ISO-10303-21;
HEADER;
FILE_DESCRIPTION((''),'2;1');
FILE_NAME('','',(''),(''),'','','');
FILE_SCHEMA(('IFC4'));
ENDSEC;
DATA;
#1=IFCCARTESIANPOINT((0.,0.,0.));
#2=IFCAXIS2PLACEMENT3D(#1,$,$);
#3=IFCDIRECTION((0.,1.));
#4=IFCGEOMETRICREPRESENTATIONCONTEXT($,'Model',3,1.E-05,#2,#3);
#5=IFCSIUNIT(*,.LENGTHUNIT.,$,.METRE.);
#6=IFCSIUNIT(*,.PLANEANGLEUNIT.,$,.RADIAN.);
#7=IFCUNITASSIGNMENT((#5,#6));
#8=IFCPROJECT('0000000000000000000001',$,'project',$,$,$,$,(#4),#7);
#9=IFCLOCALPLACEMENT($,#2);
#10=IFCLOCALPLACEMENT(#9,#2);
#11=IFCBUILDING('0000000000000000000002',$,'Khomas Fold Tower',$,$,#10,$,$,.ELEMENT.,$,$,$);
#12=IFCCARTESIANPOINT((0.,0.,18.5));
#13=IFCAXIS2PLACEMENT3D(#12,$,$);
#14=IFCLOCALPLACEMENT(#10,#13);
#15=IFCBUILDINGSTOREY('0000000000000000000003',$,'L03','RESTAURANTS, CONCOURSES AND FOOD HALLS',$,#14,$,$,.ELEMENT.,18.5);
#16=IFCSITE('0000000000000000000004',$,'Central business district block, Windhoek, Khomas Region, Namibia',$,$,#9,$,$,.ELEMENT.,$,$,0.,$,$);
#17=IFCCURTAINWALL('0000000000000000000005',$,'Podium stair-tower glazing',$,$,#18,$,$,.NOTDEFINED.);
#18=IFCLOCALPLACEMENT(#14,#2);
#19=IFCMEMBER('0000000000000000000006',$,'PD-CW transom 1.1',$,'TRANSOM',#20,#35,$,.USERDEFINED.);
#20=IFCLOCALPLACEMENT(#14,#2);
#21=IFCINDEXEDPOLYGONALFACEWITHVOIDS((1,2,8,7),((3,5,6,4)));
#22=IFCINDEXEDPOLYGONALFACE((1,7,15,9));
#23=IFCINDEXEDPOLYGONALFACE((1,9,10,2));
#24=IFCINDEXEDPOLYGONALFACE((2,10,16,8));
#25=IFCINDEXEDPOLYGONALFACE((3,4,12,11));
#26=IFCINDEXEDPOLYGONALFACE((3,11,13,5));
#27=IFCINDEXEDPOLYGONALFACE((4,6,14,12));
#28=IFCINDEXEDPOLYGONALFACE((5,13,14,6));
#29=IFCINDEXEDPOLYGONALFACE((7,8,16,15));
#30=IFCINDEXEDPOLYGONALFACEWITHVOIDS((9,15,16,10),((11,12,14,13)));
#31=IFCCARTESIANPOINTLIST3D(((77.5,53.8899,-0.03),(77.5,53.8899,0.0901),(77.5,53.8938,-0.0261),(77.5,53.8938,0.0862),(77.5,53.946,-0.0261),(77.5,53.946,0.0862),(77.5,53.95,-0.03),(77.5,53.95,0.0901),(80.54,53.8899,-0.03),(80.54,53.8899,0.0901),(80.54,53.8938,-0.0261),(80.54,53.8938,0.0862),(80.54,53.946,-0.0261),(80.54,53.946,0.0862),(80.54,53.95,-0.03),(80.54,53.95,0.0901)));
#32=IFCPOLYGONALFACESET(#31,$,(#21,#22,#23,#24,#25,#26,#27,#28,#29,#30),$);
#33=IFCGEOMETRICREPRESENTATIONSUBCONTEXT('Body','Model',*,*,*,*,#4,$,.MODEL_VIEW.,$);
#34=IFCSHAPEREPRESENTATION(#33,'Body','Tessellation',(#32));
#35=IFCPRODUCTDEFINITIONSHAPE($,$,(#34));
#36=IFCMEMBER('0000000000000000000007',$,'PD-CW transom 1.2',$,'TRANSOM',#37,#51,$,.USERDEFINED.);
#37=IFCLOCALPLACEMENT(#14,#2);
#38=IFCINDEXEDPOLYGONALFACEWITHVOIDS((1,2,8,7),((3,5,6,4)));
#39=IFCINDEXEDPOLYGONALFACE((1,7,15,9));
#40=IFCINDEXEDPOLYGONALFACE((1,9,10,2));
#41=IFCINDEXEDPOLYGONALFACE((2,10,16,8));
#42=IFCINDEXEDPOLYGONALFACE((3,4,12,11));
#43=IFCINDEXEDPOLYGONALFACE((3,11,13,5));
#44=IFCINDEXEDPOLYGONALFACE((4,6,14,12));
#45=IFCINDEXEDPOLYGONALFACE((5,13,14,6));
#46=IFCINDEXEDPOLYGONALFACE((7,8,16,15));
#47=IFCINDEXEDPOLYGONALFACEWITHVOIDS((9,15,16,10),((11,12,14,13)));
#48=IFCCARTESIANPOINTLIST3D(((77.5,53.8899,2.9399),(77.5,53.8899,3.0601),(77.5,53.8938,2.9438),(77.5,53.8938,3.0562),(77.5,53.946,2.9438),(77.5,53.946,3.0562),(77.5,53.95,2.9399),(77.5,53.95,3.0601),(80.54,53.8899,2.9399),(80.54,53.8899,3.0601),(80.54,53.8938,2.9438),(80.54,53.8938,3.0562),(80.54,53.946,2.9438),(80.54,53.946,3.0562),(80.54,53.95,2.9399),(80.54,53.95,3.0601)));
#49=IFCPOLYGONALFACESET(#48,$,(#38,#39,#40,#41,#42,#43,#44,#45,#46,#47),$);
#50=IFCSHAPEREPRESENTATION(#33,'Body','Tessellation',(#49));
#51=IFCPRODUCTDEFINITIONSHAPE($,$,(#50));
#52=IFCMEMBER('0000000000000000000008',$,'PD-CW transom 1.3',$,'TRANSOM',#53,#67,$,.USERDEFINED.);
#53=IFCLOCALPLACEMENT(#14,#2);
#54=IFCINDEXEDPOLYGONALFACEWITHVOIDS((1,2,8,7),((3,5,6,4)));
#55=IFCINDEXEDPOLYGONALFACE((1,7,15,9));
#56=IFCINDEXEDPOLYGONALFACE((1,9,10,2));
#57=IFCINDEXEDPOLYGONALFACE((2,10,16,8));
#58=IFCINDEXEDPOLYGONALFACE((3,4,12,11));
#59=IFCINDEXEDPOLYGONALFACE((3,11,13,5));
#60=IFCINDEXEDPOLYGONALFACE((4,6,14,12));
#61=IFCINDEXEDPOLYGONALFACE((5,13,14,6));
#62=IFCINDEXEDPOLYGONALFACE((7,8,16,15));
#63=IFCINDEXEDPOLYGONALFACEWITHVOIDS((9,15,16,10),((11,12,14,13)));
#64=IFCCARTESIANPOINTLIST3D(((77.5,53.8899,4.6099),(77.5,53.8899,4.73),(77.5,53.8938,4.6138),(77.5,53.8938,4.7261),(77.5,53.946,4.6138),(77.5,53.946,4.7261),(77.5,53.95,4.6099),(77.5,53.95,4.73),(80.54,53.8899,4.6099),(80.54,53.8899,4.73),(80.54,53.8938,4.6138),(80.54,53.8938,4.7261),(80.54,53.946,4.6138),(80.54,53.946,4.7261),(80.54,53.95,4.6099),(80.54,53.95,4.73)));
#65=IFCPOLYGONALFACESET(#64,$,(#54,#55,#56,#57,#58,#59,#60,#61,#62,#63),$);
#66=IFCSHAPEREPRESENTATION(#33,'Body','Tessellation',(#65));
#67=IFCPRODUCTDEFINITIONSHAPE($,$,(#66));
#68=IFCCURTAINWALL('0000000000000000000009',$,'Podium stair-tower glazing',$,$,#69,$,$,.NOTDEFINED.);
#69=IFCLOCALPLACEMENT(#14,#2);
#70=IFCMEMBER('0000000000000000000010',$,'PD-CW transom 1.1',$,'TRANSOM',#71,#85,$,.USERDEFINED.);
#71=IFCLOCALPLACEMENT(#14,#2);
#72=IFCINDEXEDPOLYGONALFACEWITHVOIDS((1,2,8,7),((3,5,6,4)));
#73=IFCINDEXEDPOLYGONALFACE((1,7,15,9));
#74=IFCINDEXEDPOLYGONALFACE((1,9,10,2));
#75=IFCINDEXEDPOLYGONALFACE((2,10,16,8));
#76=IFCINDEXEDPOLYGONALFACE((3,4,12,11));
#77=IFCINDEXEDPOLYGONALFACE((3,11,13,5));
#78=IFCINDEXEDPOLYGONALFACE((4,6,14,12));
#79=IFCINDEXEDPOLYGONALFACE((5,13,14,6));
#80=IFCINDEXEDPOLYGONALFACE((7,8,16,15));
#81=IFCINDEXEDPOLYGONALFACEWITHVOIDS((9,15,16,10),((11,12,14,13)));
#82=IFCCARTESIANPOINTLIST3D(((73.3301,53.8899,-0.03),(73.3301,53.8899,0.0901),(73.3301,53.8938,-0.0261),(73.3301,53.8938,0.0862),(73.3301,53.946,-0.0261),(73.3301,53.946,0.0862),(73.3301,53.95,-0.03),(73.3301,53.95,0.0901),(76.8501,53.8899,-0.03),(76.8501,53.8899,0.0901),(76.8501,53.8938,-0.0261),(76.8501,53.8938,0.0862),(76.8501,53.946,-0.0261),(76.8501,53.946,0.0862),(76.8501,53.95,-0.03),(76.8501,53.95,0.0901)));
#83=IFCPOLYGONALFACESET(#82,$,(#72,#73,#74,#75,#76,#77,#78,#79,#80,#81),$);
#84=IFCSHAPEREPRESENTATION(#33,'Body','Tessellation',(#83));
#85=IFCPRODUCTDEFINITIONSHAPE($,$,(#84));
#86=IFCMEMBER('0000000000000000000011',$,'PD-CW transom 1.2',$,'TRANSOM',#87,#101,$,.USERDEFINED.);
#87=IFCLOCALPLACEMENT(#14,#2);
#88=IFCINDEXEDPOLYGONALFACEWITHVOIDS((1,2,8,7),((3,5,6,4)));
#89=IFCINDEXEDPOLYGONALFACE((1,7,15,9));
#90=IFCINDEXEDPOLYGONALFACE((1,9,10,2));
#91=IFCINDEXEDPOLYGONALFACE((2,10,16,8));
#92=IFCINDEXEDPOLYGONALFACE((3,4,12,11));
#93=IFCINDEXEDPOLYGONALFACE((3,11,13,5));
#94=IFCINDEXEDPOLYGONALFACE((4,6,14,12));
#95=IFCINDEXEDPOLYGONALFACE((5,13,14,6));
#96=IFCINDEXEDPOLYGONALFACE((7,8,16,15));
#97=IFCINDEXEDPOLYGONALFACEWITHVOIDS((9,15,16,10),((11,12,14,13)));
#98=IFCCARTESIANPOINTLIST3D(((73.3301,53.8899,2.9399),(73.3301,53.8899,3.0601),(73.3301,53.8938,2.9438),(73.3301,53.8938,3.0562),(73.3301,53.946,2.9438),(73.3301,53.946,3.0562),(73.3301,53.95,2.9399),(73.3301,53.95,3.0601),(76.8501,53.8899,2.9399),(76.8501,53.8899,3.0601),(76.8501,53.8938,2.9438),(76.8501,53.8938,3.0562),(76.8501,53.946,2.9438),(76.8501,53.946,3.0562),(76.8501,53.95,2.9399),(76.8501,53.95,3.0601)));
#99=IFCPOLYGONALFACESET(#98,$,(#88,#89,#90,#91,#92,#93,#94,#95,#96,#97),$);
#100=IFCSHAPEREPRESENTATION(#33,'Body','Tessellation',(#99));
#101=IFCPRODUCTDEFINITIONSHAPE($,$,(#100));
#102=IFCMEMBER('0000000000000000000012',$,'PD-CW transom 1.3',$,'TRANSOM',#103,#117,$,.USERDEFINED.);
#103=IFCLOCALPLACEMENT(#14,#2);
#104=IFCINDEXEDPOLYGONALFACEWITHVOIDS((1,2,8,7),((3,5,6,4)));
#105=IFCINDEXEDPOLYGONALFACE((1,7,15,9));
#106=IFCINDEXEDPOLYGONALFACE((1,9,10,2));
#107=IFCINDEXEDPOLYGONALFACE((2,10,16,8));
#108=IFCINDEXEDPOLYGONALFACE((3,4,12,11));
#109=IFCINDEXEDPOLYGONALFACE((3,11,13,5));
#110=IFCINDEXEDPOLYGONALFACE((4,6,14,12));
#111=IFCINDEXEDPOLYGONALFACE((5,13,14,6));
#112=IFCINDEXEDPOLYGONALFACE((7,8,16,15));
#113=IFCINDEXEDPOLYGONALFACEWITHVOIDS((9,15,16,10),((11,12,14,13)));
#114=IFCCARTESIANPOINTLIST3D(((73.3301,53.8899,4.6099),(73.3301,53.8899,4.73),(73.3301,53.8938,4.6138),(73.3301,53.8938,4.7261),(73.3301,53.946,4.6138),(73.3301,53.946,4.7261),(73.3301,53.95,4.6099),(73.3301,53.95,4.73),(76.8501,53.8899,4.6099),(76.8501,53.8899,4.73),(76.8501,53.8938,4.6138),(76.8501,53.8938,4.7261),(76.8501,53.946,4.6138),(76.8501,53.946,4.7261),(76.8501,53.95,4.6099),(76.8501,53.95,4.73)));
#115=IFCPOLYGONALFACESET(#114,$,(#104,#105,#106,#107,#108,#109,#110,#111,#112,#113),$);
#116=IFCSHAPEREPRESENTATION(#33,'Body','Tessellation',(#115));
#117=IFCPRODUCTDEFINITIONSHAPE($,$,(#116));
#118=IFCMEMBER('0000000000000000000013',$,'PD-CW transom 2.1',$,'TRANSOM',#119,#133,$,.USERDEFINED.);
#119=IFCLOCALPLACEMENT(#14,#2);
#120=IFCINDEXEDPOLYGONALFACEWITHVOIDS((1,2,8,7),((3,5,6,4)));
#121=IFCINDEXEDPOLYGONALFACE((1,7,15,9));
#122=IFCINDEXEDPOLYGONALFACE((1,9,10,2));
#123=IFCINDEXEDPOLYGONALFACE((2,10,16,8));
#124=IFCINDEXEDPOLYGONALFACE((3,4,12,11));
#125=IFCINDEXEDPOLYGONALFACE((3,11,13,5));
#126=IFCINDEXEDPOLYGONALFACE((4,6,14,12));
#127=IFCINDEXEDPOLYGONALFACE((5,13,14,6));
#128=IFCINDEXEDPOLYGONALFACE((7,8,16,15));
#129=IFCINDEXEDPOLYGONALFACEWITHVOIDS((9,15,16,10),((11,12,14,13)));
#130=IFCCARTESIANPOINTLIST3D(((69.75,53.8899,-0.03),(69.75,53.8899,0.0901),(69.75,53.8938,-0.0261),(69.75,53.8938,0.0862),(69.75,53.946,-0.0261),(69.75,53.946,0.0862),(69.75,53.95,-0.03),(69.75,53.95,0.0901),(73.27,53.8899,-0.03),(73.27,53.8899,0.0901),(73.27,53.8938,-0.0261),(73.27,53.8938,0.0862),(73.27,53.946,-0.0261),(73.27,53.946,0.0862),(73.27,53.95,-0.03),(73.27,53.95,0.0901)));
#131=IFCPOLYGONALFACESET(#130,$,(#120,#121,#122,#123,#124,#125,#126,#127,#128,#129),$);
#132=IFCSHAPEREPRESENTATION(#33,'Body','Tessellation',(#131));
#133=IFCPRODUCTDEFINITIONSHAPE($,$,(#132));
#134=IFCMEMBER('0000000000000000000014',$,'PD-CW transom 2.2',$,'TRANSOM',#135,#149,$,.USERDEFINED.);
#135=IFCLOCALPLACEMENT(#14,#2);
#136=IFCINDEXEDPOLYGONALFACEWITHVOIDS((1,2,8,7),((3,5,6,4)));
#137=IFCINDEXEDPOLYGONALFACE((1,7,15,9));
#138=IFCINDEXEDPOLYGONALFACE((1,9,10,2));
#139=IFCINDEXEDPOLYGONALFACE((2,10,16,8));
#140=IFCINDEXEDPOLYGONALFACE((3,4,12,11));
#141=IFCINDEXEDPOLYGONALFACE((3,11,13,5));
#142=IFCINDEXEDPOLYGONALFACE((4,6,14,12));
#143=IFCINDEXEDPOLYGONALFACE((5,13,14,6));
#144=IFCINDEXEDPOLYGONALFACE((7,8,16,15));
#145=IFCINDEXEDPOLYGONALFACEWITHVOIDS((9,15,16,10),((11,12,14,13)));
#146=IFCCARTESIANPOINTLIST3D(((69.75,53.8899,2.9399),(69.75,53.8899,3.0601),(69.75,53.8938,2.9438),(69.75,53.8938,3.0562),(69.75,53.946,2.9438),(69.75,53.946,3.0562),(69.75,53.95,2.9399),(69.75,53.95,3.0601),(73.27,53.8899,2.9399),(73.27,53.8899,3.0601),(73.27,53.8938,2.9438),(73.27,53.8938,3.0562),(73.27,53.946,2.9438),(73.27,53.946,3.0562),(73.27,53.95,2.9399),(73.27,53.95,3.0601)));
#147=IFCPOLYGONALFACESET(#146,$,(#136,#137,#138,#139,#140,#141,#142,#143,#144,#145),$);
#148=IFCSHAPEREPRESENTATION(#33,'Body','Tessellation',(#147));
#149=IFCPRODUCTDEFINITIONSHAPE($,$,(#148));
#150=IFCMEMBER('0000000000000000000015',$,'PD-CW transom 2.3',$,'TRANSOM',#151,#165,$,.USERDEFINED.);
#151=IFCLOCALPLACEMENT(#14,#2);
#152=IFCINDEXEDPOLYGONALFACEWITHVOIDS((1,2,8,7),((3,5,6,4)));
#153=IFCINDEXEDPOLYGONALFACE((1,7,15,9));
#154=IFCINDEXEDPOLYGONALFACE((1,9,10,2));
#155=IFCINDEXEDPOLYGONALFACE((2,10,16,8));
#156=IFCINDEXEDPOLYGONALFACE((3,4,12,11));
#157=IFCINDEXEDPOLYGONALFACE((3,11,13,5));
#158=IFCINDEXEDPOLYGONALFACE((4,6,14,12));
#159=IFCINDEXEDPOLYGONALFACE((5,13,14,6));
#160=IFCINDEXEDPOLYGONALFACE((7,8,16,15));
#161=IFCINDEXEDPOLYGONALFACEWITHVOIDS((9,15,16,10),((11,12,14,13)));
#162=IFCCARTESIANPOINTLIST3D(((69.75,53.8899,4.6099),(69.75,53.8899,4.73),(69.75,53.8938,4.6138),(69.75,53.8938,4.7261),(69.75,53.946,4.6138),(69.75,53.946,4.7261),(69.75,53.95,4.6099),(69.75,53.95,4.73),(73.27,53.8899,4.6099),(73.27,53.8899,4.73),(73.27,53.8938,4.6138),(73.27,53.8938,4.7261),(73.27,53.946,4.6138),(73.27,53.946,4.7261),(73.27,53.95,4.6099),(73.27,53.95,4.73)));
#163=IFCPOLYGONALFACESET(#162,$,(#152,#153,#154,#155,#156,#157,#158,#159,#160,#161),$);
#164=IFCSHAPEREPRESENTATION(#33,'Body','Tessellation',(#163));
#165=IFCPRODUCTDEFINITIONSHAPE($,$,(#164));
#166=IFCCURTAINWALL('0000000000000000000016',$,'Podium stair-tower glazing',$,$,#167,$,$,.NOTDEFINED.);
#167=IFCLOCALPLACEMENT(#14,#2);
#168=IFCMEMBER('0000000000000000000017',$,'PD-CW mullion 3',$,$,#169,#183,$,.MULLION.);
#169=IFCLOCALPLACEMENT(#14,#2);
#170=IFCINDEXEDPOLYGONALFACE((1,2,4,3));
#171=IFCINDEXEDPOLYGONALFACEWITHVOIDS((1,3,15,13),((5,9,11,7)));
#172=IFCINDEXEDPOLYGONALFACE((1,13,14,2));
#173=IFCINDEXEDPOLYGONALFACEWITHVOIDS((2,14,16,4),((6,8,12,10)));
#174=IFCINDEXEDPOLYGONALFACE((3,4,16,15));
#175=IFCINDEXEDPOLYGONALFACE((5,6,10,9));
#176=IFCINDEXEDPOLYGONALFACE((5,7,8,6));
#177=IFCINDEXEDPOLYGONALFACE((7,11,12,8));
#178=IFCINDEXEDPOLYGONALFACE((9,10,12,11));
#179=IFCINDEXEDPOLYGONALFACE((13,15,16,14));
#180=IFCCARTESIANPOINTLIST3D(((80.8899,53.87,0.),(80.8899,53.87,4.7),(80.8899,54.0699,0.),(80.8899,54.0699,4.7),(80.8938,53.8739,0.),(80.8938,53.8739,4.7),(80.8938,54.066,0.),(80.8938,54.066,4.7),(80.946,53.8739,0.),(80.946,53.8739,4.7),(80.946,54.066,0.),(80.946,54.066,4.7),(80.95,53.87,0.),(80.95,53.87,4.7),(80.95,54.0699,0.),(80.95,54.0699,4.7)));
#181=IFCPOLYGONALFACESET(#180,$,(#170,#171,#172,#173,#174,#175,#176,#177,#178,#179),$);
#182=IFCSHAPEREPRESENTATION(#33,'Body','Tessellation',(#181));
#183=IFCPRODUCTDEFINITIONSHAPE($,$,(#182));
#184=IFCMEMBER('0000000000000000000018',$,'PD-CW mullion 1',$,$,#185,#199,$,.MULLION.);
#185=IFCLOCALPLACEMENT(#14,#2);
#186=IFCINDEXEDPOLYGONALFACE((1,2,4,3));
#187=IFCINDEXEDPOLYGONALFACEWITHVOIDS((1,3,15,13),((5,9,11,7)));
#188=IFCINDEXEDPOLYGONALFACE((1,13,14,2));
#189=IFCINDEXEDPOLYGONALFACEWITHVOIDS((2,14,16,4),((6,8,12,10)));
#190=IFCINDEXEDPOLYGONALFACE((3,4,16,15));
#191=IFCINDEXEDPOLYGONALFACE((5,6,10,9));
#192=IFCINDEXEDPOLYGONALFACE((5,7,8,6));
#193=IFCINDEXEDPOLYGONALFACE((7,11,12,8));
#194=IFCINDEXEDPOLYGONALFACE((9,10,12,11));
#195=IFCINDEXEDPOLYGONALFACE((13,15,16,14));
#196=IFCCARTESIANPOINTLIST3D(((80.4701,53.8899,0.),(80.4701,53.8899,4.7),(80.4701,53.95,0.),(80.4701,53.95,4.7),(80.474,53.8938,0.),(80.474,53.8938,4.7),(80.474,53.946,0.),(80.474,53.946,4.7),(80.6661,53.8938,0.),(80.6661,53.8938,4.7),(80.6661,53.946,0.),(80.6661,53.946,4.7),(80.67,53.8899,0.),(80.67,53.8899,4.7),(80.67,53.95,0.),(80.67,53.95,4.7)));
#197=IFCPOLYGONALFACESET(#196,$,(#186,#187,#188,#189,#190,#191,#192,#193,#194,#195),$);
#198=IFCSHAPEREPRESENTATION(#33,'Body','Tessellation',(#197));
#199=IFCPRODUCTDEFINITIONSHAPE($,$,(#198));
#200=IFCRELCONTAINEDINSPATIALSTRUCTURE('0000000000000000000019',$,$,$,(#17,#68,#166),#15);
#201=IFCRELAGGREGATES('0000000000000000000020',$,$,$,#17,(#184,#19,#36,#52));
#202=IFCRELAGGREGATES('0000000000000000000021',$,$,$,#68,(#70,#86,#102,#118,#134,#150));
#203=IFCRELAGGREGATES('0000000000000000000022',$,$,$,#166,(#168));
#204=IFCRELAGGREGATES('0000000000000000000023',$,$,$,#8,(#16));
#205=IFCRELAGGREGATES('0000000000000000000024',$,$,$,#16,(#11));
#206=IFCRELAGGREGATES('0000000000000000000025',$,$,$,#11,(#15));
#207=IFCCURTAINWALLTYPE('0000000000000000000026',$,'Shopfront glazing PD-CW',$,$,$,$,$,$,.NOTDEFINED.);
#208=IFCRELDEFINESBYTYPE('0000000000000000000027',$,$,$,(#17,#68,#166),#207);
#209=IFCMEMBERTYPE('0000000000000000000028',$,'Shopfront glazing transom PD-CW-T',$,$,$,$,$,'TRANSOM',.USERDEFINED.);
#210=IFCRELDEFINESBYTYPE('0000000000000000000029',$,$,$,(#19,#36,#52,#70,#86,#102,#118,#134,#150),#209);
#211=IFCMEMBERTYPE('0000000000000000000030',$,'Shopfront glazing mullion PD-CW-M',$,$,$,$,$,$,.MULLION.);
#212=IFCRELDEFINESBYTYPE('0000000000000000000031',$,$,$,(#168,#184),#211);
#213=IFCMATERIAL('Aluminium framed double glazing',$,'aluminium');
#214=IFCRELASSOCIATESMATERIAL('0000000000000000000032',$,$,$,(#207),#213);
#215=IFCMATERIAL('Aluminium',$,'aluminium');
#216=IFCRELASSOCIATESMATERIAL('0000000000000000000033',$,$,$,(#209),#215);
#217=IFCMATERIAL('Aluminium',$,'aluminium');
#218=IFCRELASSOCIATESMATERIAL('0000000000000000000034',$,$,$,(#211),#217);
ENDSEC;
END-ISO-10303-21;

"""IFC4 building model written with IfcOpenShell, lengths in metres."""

from ifc_helpers import new_model, si_unit, direction, frame, origin, origin_2d, place, context, subcontext, project, spatial, hollow_rectangle, extrude, source, transform, mapped, material, material_profile, profile_set, type_object, element, aggregate, save


model = new_model("IFC4")

# Units and contexts
model_context = context("Model", 3, precision=1e-05, world=origin(), true_north=direction((0.0, 1.0)))
body_context = subcontext(model_context, "Body", "Model", "MODEL_VIEW")
ifc_project = project(units=[si_unit("LENGTHUNIT", "METRE"), si_unit("PLANEANGLEUNIT", "RADIAN")], contexts=[model_context])

# Site, building, storey
site_placement = place(None, origin())
site = spatial("IfcSite", under=ifc_project, at=site_placement, Name="Central business district block, Windhoek, Khomas Region, Namibia", CompositionType="ELEMENT", RefElevation=0.0)
building_placement = place(site_placement, origin())
building = spatial("IfcBuilding", under=site, at=building_placement, Name="Khomas Fold Tower", CompositionType="ELEMENT")
storey_placement = place(building_placement, frame((0.0, 0.0, 18.5)))
storey = spatial("IfcBuildingStorey", under=building, at=storey_placement, Name="L03", Description="RESTAURANTS, CONCOURSES AND FOOD HALLS", CompositionType="ELEMENT", Elevation=18.5)

# Curtain walls, members
ifc_material_1 = material(Name="Aluminium framed double glazing", Category="aluminium")
curtain_wall_type = type_object("IfcCurtainWallType", Name="Shopfront glazing PD-CW", PredefinedType="NOTDEFINED", material=ifc_material_1)
curtain_wall_1_placement = place(storey_placement, origin())
curtain_wall_1 = element("IfcCurtainWall", 1, at=curtain_wall_1_placement, inside=storey, type_object=curtain_wall_type, Name="Podium stair-tower glazing", PredefinedType="NOTDEFINED")
ifc_material_2 = material(Name="Aluminium", Category="aluminium")
ifc_material_profile_1 = material_profile(ifc_material_2, hollow_rectangle(XDim=0.0601, YDim=0.1201, WallThickness=0.0039, at=origin_2d()), Name="Shopfront glazing transom PD-CW-T")
ifc_profile_set_1 = profile_set([ifc_material_profile_1], Name="Aluminium")
member_type_1 = type_object("IfcMemberType", Name="Shopfront glazing transom PD-CW-T", ElementType="TRANSOM", PredefinedType="USERDEFINED", material=ifc_profile_set_1)
shared_shape_1 = source(origin(), body_context, "Body", "SweptSolid", [
    extrude(hollow_rectangle(XDim=0.0601, YDim=0.1201, WallThickness=0.0039, at=origin_2d()), origin(), (0.0, 0.0, 1.0), 3.04),
])
member_1_placement = place(storey_placement, frame((80.54, 53.9199, 0.03), z_axis=(-1.0, 0.0, 0.0), x_axis=(0.0, -1.0, 0.0)))
member_1 = element("IfcMember", 2, at=member_1_placement, type_object=member_type_1, Name="PD-CW transom 1.1", ObjectType="TRANSOM", PredefinedType="USERDEFINED", context=body_context, shape_type="MappedRepresentation", body=[
    mapped(shared_shape_1, transform((0.0, 0.0, 0.0))),
])
member_2_placement = place(storey_placement, frame((80.54, 53.9199, 3.0), z_axis=(-1.0, 0.0, 0.0), x_axis=(0.0, -1.0, 0.0)))
member_2 = element("IfcMember", 3, at=member_2_placement, type_object=member_type_1, Name="PD-CW transom 1.2", ObjectType="TRANSOM", PredefinedType="USERDEFINED", context=body_context, shape_type="MappedRepresentation", body=[
    mapped(shared_shape_1, transform((0.0, 0.0, 0.0))),
])
member_3_placement = place(storey_placement, frame((80.54, 53.9199, 4.6699), z_axis=(-1.0, 0.0, 0.0), x_axis=(0.0, -1.0, 0.0)))
member_3 = element("IfcMember", 4, at=member_3_placement, type_object=member_type_1, Name="PD-CW transom 1.3", ObjectType="TRANSOM", PredefinedType="USERDEFINED", context=body_context, shape_type="MappedRepresentation", body=[
    mapped(shared_shape_1, transform((0.0, 0.0, 0.0))),
])
curtain_wall_2_placement = place(storey_placement, origin())
curtain_wall_2 = element("IfcCurtainWall", 5, at=curtain_wall_2_placement, inside=storey, type_object=curtain_wall_type, Name="Podium stair-tower glazing", PredefinedType="NOTDEFINED")
shared_shape_2 = source(origin(), body_context, "Body", "SweptSolid", [
    extrude(hollow_rectangle(XDim=0.0601, YDim=0.1201, WallThickness=0.0039, at=origin_2d()), origin(), (0.0, 0.0, 1.0), 3.52),
])
member_4_placement = place(storey_placement, frame((76.8501, 53.9199, 0.03), z_axis=(-1.0, 0.0, 0.0), x_axis=(0.0, -1.0, 0.0)))
member_4 = element("IfcMember", 6, at=member_4_placement, type_object=member_type_1, Name="PD-CW transom 1.1", ObjectType="TRANSOM", PredefinedType="USERDEFINED", context=body_context, shape_type="MappedRepresentation", body=[
    mapped(shared_shape_2, transform((0.0, 0.0, 0.0))),
])
member_5_placement = place(storey_placement, frame((76.8501, 53.9199, 3.0), z_axis=(-1.0, 0.0, 0.0), x_axis=(0.0, -1.0, 0.0)))
member_5 = element("IfcMember", 7, at=member_5_placement, type_object=member_type_1, Name="PD-CW transom 1.2", ObjectType="TRANSOM", PredefinedType="USERDEFINED", context=body_context, shape_type="MappedRepresentation", body=[
    mapped(shared_shape_2, transform((0.0, 0.0, 0.0))),
])
member_6_placement = place(storey_placement, frame((76.8501, 53.9199, 4.6699), z_axis=(-1.0, 0.0, 0.0), x_axis=(0.0, -1.0, 0.0)))
member_6 = element("IfcMember", 8, at=member_6_placement, type_object=member_type_1, Name="PD-CW transom 1.3", ObjectType="TRANSOM", PredefinedType="USERDEFINED", context=body_context, shape_type="MappedRepresentation", body=[
    mapped(shared_shape_2, transform((0.0, 0.0, 0.0))),
])
member_7_placement = place(storey_placement, frame((73.27, 53.9199, 0.03), z_axis=(-1.0, 0.0, 0.0), x_axis=(0.0, -1.0, 0.0)))
member_7 = element("IfcMember", 9, at=member_7_placement, type_object=member_type_1, Name="PD-CW transom 2.1", ObjectType="TRANSOM", PredefinedType="USERDEFINED", context=body_context, shape_type="MappedRepresentation", body=[
    mapped(shared_shape_2, transform((0.0, 0.0, 0.0))),
])
member_8_placement = place(storey_placement, frame((73.27, 53.9199, 3.0), z_axis=(-1.0, 0.0, 0.0), x_axis=(0.0, -1.0, 0.0)))
member_8 = element("IfcMember", 10, at=member_8_placement, type_object=member_type_1, Name="PD-CW transom 2.2", ObjectType="TRANSOM", PredefinedType="USERDEFINED", context=body_context, shape_type="MappedRepresentation", body=[
    mapped(shared_shape_2, transform((0.0, 0.0, 0.0))),
])
member_9_placement = place(storey_placement, frame((73.27, 53.9199, 4.6699), z_axis=(-1.0, 0.0, 0.0), x_axis=(0.0, -1.0, 0.0)))
member_9 = element("IfcMember", 11, at=member_9_placement, type_object=member_type_1, Name="PD-CW transom 2.3", ObjectType="TRANSOM", PredefinedType="USERDEFINED", context=body_context, shape_type="MappedRepresentation", body=[
    mapped(shared_shape_2, transform((0.0, 0.0, 0.0))),
])

# Curtain wall, member
curtain_wall_3_placement = place(storey_placement, origin())
curtain_wall_3 = element("IfcCurtainWall", 12, at=curtain_wall_3_placement, inside=storey, type_object=curtain_wall_type, Name="Podium stair-tower glazing", PredefinedType="NOTDEFINED")
ifc_material_3 = material(Name="Aluminium", Category="aluminium")
ifc_material_profile_2 = material_profile(ifc_material_3, hollow_rectangle(XDim=0.0601, YDim=0.2, WallThickness=0.0039, at=origin_2d()), Name="Shopfront glazing mullion PD-CW-M")
ifc_profile_set_2 = profile_set([ifc_material_profile_2], Name="Aluminium")
member_type_2 = type_object("IfcMemberType", Name="Shopfront glazing mullion PD-CW-M", PredefinedType="MULLION", material=ifc_profile_set_2)
shared_shape_3 = source(origin(), body_context, "Body", "SweptSolid", [
    extrude(hollow_rectangle(XDim=0.0601, YDim=0.2, WallThickness=0.0039, at=origin_2d()), origin(), (0.0, 0.0, 1.0), 4.7),
])
member_10_placement = place(storey_placement, frame((80.9199, 53.97, 0.0), z_axis=(0.0, 0.0, 1.0), x_axis=(-1.0, 0.0, 0.0)))
member_10 = element("IfcMember", 13, at=member_10_placement, type_object=member_type_2, Name="PD-CW mullion 3", PredefinedType="MULLION", context=body_context, shape_type="MappedRepresentation", body=[
    mapped(shared_shape_3, transform((0.0, 0.0, 0.0))),
])

# Member
member_11_placement = place(storey_placement, frame((80.5701, 53.9199, 0.0), z_axis=(0.0, 0.0, 1.0), x_axis=(0.0, -1.0, 0.0)))
member_11 = element("IfcMember", 14, at=member_11_placement, type_object=member_type_2, Name="PD-CW mullion 1", PredefinedType="MULLION", context=body_context, shape_type="MappedRepresentation", body=[
    mapped(shared_shape_3, transform((0.0, 0.0, 0.0))),
])

aggregate(curtain_wall_1, [member_11, member_1, member_2, member_3])
aggregate(curtain_wall_2, [member_4, member_5, member_6, member_7, member_8, member_9])
aggregate(curtain_wall_3, [member_10])

save(model, "model.ifc")
